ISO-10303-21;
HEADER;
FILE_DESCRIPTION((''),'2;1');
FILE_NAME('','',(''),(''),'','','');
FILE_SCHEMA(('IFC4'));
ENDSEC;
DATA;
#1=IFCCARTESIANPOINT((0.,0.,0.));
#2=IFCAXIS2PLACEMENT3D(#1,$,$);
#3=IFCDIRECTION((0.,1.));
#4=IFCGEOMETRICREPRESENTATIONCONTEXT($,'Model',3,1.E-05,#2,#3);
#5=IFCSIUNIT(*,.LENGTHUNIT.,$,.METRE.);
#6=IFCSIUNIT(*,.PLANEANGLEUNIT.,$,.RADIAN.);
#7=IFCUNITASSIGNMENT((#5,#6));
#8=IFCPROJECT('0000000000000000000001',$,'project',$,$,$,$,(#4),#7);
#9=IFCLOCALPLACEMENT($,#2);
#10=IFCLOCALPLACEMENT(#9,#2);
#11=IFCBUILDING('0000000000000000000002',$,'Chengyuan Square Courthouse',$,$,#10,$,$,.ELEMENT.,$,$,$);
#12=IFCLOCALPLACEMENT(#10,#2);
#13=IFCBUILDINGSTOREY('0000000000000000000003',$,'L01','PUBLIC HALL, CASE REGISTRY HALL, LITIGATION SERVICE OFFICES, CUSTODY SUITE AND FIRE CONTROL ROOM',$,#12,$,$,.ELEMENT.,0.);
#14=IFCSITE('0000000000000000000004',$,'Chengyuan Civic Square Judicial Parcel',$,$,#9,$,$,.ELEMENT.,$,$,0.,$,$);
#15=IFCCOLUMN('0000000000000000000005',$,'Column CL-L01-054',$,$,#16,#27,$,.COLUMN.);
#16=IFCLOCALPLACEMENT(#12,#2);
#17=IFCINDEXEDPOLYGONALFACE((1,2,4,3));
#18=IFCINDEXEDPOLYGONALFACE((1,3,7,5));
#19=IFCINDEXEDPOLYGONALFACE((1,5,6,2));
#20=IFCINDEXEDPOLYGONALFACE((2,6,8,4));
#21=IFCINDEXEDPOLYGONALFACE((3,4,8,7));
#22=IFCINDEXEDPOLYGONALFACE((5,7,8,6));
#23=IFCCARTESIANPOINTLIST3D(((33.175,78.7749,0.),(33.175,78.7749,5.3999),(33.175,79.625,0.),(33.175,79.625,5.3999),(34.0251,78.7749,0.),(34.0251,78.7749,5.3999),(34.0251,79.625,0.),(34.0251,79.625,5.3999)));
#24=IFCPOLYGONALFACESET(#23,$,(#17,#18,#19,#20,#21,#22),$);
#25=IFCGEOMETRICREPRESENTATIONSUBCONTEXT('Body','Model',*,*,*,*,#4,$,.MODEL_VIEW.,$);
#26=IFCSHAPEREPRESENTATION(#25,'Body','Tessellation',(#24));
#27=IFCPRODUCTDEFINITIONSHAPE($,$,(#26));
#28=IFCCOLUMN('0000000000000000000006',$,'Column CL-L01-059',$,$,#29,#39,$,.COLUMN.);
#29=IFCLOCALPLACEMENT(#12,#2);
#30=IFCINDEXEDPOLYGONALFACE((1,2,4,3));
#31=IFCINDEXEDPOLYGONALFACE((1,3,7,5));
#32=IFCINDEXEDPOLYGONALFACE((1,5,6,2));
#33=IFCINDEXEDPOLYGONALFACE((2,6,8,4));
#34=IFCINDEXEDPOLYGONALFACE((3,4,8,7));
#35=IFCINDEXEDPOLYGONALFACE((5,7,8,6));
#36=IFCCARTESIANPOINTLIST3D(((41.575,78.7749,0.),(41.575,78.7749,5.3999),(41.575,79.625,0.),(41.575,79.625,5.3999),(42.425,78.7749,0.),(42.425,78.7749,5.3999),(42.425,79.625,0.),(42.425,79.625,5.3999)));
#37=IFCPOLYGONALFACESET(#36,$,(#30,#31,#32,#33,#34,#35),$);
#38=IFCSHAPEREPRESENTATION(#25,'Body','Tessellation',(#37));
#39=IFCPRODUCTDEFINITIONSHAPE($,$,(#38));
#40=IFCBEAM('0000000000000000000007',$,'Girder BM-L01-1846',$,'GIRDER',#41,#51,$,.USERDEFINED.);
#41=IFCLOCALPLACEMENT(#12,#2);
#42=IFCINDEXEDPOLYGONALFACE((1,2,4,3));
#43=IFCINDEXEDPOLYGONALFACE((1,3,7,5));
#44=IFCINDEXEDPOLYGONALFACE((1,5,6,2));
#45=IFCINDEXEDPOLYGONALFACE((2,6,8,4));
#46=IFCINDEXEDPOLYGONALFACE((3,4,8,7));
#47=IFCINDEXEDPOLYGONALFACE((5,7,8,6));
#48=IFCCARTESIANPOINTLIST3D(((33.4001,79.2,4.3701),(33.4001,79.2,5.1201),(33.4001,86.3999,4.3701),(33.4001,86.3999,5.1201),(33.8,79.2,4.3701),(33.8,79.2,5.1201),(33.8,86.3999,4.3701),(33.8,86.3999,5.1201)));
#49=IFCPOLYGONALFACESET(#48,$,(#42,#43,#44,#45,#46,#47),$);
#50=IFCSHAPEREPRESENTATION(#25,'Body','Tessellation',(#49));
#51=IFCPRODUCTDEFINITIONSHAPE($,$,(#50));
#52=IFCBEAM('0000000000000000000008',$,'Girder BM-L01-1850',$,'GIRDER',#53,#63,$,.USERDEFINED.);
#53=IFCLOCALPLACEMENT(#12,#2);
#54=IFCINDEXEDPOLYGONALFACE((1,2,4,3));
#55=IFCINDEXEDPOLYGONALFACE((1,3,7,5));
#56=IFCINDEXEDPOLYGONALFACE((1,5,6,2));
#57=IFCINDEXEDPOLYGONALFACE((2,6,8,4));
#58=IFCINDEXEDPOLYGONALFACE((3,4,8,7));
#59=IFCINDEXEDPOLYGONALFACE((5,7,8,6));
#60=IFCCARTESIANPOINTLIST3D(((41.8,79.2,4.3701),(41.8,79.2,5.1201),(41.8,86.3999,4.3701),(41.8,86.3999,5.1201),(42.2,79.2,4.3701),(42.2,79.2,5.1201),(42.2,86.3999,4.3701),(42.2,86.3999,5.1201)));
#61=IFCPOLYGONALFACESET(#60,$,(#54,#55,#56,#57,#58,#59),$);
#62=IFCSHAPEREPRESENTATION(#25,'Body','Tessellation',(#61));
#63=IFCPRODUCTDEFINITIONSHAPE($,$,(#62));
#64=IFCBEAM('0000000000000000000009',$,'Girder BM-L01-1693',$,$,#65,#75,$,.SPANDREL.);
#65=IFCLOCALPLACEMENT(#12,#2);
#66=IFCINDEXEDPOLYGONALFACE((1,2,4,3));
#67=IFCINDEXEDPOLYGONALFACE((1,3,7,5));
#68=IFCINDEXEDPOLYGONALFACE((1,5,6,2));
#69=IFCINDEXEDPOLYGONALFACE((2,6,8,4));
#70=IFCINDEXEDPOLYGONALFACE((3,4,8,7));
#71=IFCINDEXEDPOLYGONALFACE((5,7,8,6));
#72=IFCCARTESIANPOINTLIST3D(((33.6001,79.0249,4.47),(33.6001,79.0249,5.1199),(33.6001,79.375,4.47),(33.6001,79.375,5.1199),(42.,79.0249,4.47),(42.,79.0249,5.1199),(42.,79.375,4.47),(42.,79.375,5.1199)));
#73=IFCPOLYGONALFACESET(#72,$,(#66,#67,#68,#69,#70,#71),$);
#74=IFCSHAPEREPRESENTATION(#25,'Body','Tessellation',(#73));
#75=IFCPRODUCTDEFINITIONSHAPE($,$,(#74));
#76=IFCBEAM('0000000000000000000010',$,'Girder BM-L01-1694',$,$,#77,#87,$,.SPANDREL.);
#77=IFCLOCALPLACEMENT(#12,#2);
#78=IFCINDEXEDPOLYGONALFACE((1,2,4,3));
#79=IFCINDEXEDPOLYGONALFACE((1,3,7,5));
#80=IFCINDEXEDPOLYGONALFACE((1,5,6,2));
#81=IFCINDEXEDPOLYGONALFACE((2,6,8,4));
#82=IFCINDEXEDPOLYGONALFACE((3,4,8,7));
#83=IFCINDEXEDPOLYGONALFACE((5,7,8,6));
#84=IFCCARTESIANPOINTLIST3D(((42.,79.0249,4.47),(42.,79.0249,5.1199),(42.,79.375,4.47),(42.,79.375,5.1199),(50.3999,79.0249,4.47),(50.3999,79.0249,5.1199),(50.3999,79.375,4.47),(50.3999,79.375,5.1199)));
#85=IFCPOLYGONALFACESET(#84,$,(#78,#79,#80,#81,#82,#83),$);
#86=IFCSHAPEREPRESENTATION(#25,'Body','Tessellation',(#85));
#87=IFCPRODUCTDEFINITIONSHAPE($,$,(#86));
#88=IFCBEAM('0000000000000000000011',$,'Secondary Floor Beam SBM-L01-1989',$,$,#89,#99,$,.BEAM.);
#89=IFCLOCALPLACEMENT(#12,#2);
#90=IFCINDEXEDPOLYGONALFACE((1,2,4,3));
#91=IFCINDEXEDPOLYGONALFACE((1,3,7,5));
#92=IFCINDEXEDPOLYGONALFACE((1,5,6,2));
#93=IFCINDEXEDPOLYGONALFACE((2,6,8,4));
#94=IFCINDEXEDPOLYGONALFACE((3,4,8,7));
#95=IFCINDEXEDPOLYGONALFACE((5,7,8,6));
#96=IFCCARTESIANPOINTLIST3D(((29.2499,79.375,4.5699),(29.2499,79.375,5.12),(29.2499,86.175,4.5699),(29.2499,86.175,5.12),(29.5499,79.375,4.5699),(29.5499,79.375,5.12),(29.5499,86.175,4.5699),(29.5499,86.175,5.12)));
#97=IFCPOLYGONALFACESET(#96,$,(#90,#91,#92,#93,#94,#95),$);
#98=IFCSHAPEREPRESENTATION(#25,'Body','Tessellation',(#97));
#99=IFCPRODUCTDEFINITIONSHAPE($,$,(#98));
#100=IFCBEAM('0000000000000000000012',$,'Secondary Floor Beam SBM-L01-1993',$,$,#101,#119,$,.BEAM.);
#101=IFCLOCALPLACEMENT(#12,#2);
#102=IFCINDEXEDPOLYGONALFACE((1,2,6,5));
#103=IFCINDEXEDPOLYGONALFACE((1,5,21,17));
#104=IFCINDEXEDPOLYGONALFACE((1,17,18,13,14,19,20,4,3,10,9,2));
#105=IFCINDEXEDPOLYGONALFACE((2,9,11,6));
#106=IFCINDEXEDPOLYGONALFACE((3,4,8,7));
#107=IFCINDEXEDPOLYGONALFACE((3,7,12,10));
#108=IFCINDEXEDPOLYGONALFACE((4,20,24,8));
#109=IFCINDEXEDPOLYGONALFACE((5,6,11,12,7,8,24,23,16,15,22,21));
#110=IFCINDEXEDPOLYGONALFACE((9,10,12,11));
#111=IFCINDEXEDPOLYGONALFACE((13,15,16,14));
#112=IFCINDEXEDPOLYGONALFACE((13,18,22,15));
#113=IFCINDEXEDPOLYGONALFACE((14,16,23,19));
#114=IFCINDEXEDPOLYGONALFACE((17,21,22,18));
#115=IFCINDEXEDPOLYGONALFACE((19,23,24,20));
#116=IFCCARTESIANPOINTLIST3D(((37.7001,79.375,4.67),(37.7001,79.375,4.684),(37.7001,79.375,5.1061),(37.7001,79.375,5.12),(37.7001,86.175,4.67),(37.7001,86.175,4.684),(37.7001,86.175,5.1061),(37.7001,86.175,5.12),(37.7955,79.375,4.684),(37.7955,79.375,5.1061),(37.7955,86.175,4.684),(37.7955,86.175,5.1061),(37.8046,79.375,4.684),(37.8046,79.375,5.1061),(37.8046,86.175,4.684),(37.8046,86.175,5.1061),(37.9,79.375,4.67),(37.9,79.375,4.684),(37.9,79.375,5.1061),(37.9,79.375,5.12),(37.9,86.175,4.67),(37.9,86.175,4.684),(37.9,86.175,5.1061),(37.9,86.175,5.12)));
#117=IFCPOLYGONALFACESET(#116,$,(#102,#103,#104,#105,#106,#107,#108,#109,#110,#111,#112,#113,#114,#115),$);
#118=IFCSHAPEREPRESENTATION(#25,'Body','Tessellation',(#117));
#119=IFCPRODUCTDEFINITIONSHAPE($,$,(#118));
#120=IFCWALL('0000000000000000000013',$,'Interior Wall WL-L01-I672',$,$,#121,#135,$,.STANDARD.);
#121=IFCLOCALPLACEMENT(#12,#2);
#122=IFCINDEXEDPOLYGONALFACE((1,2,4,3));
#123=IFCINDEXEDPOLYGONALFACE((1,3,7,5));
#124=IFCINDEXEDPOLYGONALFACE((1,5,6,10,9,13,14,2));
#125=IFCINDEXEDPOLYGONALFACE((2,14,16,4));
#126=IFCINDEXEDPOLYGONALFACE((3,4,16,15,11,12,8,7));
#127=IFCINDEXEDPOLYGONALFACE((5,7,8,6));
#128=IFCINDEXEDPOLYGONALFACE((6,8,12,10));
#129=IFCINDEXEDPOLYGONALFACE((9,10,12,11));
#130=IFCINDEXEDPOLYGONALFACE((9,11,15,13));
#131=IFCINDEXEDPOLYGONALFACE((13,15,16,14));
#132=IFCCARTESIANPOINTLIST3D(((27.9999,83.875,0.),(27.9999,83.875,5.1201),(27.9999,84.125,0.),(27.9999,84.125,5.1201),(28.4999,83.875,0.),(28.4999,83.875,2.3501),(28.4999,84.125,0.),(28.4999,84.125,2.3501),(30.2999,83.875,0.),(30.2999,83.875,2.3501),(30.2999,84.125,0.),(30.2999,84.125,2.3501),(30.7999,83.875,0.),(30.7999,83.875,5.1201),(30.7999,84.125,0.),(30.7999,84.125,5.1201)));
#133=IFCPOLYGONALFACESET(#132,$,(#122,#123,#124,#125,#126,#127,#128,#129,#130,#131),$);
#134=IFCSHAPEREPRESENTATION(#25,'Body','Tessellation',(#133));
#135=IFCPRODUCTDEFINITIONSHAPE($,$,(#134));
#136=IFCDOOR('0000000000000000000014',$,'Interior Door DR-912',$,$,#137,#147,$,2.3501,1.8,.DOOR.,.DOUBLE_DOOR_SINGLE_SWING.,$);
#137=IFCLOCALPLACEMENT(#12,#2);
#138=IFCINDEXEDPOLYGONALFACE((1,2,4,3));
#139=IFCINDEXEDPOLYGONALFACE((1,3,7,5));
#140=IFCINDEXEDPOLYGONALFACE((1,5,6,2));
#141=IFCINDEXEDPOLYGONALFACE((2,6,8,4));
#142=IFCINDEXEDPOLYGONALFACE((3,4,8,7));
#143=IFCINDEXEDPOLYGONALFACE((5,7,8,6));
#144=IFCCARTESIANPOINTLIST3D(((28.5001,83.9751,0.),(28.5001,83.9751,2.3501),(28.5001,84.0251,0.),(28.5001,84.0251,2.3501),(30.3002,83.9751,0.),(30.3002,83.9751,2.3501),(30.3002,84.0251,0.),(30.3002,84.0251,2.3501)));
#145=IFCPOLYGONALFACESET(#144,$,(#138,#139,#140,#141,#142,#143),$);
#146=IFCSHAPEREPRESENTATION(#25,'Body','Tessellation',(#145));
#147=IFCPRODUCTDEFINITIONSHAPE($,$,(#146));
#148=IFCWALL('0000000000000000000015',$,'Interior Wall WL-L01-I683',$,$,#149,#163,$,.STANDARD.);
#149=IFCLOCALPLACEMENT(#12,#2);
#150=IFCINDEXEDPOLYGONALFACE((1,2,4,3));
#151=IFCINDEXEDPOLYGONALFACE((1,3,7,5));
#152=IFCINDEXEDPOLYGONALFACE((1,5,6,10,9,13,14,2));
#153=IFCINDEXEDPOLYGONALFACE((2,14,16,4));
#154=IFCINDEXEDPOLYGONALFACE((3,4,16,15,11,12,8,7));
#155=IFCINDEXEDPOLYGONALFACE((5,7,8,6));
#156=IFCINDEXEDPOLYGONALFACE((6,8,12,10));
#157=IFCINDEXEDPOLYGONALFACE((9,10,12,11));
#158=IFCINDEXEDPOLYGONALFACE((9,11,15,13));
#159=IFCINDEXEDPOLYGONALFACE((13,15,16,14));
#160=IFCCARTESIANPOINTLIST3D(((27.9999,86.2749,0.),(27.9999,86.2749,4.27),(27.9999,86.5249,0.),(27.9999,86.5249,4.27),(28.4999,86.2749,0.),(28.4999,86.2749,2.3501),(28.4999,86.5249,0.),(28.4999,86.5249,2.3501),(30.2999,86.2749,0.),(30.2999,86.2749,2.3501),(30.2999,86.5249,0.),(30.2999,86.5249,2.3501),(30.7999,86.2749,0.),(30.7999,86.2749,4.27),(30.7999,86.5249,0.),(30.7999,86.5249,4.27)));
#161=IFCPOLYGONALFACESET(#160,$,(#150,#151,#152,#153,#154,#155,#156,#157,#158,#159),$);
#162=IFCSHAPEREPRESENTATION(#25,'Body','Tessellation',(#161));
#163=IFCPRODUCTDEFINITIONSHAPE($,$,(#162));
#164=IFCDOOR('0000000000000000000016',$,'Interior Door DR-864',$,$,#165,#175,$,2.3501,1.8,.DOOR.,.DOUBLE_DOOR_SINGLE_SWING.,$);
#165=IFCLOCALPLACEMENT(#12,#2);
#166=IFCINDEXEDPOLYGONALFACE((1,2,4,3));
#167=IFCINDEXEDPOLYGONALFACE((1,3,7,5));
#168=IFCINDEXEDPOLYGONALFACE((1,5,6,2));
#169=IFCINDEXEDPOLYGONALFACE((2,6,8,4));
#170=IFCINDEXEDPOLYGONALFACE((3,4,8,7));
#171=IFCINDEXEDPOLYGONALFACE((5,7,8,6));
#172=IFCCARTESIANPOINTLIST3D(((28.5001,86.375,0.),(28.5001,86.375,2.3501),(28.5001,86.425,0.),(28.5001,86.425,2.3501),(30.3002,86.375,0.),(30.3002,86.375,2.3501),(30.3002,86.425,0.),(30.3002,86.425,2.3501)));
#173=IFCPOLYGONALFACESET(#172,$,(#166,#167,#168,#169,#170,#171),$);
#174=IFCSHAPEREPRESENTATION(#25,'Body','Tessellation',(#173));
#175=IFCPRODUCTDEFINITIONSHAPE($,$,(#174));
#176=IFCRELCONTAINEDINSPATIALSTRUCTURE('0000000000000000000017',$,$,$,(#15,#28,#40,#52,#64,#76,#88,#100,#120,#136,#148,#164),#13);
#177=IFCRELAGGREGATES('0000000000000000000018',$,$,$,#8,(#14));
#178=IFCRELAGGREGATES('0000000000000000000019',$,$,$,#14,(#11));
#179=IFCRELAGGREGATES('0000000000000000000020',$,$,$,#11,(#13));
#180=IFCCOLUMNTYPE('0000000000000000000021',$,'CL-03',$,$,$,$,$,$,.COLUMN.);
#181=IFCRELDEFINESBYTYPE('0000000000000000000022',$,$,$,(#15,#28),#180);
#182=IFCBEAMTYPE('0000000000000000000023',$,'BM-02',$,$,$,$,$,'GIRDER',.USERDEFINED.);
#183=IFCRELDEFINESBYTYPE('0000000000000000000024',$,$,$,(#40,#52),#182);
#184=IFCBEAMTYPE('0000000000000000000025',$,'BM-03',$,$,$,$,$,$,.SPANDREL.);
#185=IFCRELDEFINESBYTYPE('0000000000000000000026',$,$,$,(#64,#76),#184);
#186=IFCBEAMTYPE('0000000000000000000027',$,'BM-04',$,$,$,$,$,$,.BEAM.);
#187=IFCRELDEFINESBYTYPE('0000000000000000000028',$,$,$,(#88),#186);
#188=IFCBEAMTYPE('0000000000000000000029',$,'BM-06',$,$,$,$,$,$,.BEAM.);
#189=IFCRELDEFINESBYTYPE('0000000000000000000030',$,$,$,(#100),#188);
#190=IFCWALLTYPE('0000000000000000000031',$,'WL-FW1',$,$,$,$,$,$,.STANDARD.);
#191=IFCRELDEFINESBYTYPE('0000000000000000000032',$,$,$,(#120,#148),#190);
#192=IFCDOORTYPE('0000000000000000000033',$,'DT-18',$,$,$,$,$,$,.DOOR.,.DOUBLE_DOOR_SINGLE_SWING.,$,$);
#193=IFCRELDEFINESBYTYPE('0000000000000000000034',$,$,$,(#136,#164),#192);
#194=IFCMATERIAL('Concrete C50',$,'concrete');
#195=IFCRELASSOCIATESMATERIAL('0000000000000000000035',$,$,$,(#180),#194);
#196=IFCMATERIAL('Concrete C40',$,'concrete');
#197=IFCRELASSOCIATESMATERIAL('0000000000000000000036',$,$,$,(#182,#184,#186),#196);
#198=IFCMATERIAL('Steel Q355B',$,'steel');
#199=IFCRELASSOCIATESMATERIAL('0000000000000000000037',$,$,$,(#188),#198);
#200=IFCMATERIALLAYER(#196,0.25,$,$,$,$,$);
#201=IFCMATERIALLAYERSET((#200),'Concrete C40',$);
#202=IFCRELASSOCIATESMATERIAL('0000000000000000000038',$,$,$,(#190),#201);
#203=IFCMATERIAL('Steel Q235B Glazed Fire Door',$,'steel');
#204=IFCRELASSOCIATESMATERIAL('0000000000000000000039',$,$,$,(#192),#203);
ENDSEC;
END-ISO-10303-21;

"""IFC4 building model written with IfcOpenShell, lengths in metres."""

from ifc_helpers import new_model, si_unit, direction, frame, frame_2d, origin, origin_2d, place, context, subcontext, project, spatial, rectangle, i_section, extrude, material, layer, layer_set, material_profile, profile_set, type_object, element, fill, save


model = new_model("IFC4")

# Units and contexts
model_context = context("Model", 3, precision=1e-05, world=origin(), true_north=direction((0.0, 1.0)))
body_context = subcontext(model_context, "Body", "Model", "MODEL_VIEW")
ifc_project = project(units=[si_unit("LENGTHUNIT", "METRE"), si_unit("PLANEANGLEUNIT", "RADIAN")], contexts=[model_context])

# Site, building, storey
site_placement = place(None, origin())
site = spatial("IfcSite", under=ifc_project, at=site_placement, Name="Chengyuan Civic Square Judicial Parcel", CompositionType="ELEMENT", RefElevation=0.0)
building_placement = place(site_placement, origin())
building = spatial("IfcBuilding", under=site, at=building_placement, Name="Chengyuan Square Courthouse", CompositionType="ELEMENT")
storey_placement = place(building_placement, origin())
storey = spatial("IfcBuildingStorey", under=building, at=storey_placement, Name="L01", Description="PUBLIC HALL, CASE REGISTRY HALL, LITIGATION SERVICE OFFICES, CUSTODY SUITE AND FIRE CONTROL ROOM", CompositionType="ELEMENT", Elevation=0.0)

# Columns
ifc_material_1 = material(Name="Concrete C50", Category="concrete")
ifc_material_profile_1 = material_profile(ifc_material_1, rectangle(XDim=0.8501, YDim=0.8501, at=origin_2d()), Name="RC-COL-850x850")
ifc_profile_set_1 = profile_set([ifc_material_profile_1], Name="Concrete C50")
column_type = type_object("IfcColumnType", Name="CL-03", PredefinedType="COLUMN", material=ifc_profile_set_1)
for number, where, z_axis, x_axis, name in (
    (1, (33.6001, 79.2, 0.0), (0.0, 0.0, 1.0), (1.0, 0.0, 0.0), "Column CL-L01-054"),
    (2, (42.0, 79.2, 0.0), (0.0, 0.0, 1.0), (1.0, 0.0, 0.0), "Column CL-L01-059"),
):
    element("IfcColumn", number, at=place(storey_placement, frame(where, z_axis=z_axis, x_axis=x_axis)), inside=storey, type_object=column_type, Name=name, PredefinedType="COLUMN", context=body_context, shape_type="SweptSolid", body=[
        extrude(rectangle(XDim=0.8501, YDim=0.8501, at=origin_2d()), origin(), (0.0, 0.0, 1.0), 5.3999),
    ])

# Beams
ifc_material_2 = material(Name="Concrete C40", Category="concrete")
ifc_material_profile_2 = material_profile(ifc_material_2, rectangle(XDim=0.3999, YDim=0.75, at=origin_2d()), Name="RC-BM-400x750")
ifc_profile_set_2 = profile_set([ifc_material_profile_2], Name="Concrete C40")
beam_type_1 = type_object("IfcBeamType", Name="BM-02", ElementType="GIRDER", PredefinedType="USERDEFINED", material=ifc_profile_set_2)
for number, where, z_axis, x_axis, name in (
    (3, (33.6001, 79.2, 4.7451), (0.0, 1.0, 0.0), (-1.0, 0.0, 0.0), "Girder BM-L01-1846"),
    (4, (42.0, 79.2, 4.7451), (0.0, 1.0, 0.0), (-1.0, 0.0, 0.0), "Girder BM-L01-1850"),
):
    element("IfcBeam", number, at=place(storey_placement, frame(where, z_axis=z_axis, x_axis=x_axis)), inside=storey, type_object=beam_type_1, Name=name, ObjectType="GIRDER", PredefinedType="USERDEFINED", context=body_context, shape_type="SweptSolid", body=[
        extrude(rectangle(XDim=0.3999, YDim=0.75, at=origin_2d()), origin(), (0.0, 0.0, 1.0), 7.2),
    ])
ifc_material_profile_3 = material_profile(ifc_material_2, rectangle(XDim=0.3501, YDim=0.6499, at=origin_2d()), Name="RC-BM-350x650")
ifc_profile_set_3 = profile_set([ifc_material_profile_3], Name="Concrete C40")
beam_type_2 = type_object("IfcBeamType", Name="BM-03", PredefinedType="SPANDREL", material=ifc_profile_set_3)
for number, where, z_axis, x_axis, name in (
    (5, (33.6001, 79.2, 4.7949), (1.0, 0.0, 0.0), (0.0, 1.0, 0.0), "Girder BM-L01-1693"),
    (6, (42.0, 79.2, 4.7949), (1.0, 0.0, 0.0), (0.0, 1.0, 0.0), "Girder BM-L01-1694"),
):
    element("IfcBeam", number, at=place(storey_placement, frame(where, z_axis=z_axis, x_axis=x_axis)), inside=storey, type_object=beam_type_2, Name=name, PredefinedType="SPANDREL", context=body_context, shape_type="SweptSolid", body=[
        extrude(rectangle(XDim=0.3501, YDim=0.6499, at=origin_2d()), origin(), (0.0, 0.0, 1.0), 8.3999),
    ])
ifc_material_profile_4 = material_profile(ifc_material_2, rectangle(XDim=0.3, YDim=0.55, at=origin_2d()), Name="RC-BM-300x550")
ifc_profile_set_4 = profile_set([ifc_material_profile_4], Name="Concrete C40")
beam_type_3 = type_object("IfcBeamType", Name="BM-04", PredefinedType="BEAM", material=ifc_profile_set_4)
beam_1_placement = place(storey_placement, frame((29.3999, 79.375, 4.845), z_axis=(0.0, 1.0, 0.0), x_axis=(-1.0, 0.0, 0.0)))
element("IfcBeam", 7, at=beam_1_placement, inside=storey, type_object=beam_type_3, Name="Secondary Floor Beam SBM-L01-1989", PredefinedType="BEAM", context=body_context, shape_type="SweptSolid", body=[
    extrude(rectangle(XDim=0.3, YDim=0.55, at=origin_2d()), origin(), (0.0, 0.0, 1.0), 6.8),
])
ifc_material_3 = material(Name="Steel Q355B", Category="steel")
ifc_material_profile_5 = material_profile(ifc_material_3, i_section(OverallWidth=0.2, OverallDepth=0.45, WebThickness=0.009, FlangeThickness=0.0139, at=origin_2d()), Name="HN 450x200x9x14")
ifc_profile_set_5 = profile_set([ifc_material_profile_5], Name="Steel Q355B")
beam_type_4 = type_object("IfcBeamType", Name="BM-06", PredefinedType="BEAM", material=ifc_profile_set_5)
beam_2_placement = place(storey_placement, frame((37.8, 79.375, 4.895), z_axis=(0.0, 1.0, 0.0), x_axis=(-1.0, 0.0, 0.0)))
element("IfcBeam", 8, at=beam_2_placement, inside=storey, type_object=beam_type_4, Name="Secondary Floor Beam SBM-L01-1993", PredefinedType="BEAM", context=body_context, shape_type="SweptSolid", body=[
    extrude(i_section(OverallWidth=0.2, OverallDepth=0.45, WebThickness=0.009, FlangeThickness=0.0139, at=origin_2d()), origin(), (0.0, 0.0, 1.0), 6.8),
])

# Walls, openings, doors
ifc_layer_1 = layer(ifc_material_2, 0.25)
ifc_layer_set_1 = layer_set([ifc_layer_1], Name="Concrete C40")
wall_type_1 = type_object("IfcWallType", Name="WL-FW1", PredefinedType="STANDARD", material=ifc_layer_set_1)
wall_1_placement = place(storey_placement, frame((28.0, 84.0, 0.0), z_axis=(0.0, 0.0, 1.0), x_axis=(1.0, 0.0, 0.0)))
wall_1 = element("IfcWall", 9, at=wall_1_placement, inside=storey, type_object=wall_type_1, Name="Interior Wall WL-L01-I672", PredefinedType="STANDARD", context=body_context, shape_type="SweptSolid", body=[
    extrude(rectangle(XDim=2.8, YDim=0.25, at=frame_2d((1.3999, 0.0))), origin(), (0.0, 0.0, 1.0), 5.1201),
])
opening_1_placement = place(wall_1_placement, frame((0.5, 0.0, 0.0)))
opening_1 = element("IfcOpeningElement", 10, at=opening_1_placement, cuts=wall_1, PredefinedType="OPENING", context=body_context, shape_type="SweptSolid", body=[
    extrude(rectangle(XDim=1.8, YDim=2.3501, at=frame_2d((0.8999, 1.175))), frame((0.0, 0.137, 0.0), z_axis=(0.0, -1.0, 0.0), x_axis=(1.0, 0.0, 0.0)), (0.0, 0.0, 1.0), 0.2739),
])
ifc_material_4 = material(Name="Steel Q235B Glazed Fire Door", Category="steel")
door_type_1 = type_object("IfcDoorType", Name="DT-18", OperationType="DOUBLE_DOOR_SINGLE_SWING", PredefinedType="DOOR", material=ifc_material_4)
door_1_placement = place(opening_1_placement, frame((1.8, 0.0, 0.0), z_axis=(0.0, 0.0, 1.0), x_axis=(-1.0, 0.0, 0.0)))
door_1 = element("IfcDoor", 11, at=door_1_placement, inside=storey, type_object=door_type_1, Name="Interior Door DR-912", OperationType="DOUBLE_DOOR_SINGLE_SWING", OverallHeight=2.3501, OverallWidth=1.8, PredefinedType="DOOR", context=body_context, shape_type="SweptSolid", body=[
    extrude(rectangle(XDim=1.8, YDim=2.3501, at=frame_2d((0.8999, 1.175))), frame((0.0, 0.0249, 0.0), z_axis=(0.0, -1.0, 0.0), x_axis=(1.0, 0.0, 0.0)), (0.0, 0.0, 1.0), 0.05),
])
fill(opening_1, door_1)
wall_2_placement = place(storey_placement, frame((28.0, 86.3999, 0.0), z_axis=(0.0, 0.0, 1.0), x_axis=(1.0, 0.0, 0.0)))
wall_2 = element("IfcWall", 12, at=wall_2_placement, inside=storey, type_object=wall_type_1, Name="Interior Wall WL-L01-I683", PredefinedType="STANDARD", context=body_context, shape_type="SweptSolid", body=[
    extrude(rectangle(XDim=2.8, YDim=0.25, at=frame_2d((1.3999, 0.0))), origin(), (0.0, 0.0, 1.0), 4.27),
])
opening_2_placement = place(wall_2_placement, frame((0.5, 0.0, 0.0)))
opening_2 = element("IfcOpeningElement", 13, at=opening_2_placement, cuts=wall_2, PredefinedType="OPENING", context=body_context, shape_type="SweptSolid", body=[
    extrude(rectangle(XDim=1.8, YDim=2.3501, at=frame_2d((0.8999, 1.175))), frame((0.0, 0.137, 0.0), z_axis=(0.0, -1.0, 0.0), x_axis=(1.0, 0.0, 0.0)), (0.0, 0.0, 1.0), 0.2739),
])
door_2_placement = place(opening_2_placement, frame((1.8, 0.0, 0.0), z_axis=(0.0, 0.0, 1.0), x_axis=(-1.0, 0.0, 0.0)))
door_2 = element("IfcDoor", 14, at=door_2_placement, inside=storey, type_object=door_type_1, Name="Interior Door DR-864", OperationType="DOUBLE_DOOR_SINGLE_SWING", OverallHeight=2.3501, OverallWidth=1.8, PredefinedType="DOOR", context=body_context, shape_type="SweptSolid", body=[
    extrude(rectangle(XDim=1.8, YDim=2.3501, at=frame_2d((0.8999, 1.175))), frame((0.0, 0.0249, 0.0), z_axis=(0.0, -1.0, 0.0), x_axis=(1.0, 0.0, 0.0)), (0.0, 0.0, 1.0), 0.05),
])
fill(opening_2, door_2)

save(model, "model.ifc")
